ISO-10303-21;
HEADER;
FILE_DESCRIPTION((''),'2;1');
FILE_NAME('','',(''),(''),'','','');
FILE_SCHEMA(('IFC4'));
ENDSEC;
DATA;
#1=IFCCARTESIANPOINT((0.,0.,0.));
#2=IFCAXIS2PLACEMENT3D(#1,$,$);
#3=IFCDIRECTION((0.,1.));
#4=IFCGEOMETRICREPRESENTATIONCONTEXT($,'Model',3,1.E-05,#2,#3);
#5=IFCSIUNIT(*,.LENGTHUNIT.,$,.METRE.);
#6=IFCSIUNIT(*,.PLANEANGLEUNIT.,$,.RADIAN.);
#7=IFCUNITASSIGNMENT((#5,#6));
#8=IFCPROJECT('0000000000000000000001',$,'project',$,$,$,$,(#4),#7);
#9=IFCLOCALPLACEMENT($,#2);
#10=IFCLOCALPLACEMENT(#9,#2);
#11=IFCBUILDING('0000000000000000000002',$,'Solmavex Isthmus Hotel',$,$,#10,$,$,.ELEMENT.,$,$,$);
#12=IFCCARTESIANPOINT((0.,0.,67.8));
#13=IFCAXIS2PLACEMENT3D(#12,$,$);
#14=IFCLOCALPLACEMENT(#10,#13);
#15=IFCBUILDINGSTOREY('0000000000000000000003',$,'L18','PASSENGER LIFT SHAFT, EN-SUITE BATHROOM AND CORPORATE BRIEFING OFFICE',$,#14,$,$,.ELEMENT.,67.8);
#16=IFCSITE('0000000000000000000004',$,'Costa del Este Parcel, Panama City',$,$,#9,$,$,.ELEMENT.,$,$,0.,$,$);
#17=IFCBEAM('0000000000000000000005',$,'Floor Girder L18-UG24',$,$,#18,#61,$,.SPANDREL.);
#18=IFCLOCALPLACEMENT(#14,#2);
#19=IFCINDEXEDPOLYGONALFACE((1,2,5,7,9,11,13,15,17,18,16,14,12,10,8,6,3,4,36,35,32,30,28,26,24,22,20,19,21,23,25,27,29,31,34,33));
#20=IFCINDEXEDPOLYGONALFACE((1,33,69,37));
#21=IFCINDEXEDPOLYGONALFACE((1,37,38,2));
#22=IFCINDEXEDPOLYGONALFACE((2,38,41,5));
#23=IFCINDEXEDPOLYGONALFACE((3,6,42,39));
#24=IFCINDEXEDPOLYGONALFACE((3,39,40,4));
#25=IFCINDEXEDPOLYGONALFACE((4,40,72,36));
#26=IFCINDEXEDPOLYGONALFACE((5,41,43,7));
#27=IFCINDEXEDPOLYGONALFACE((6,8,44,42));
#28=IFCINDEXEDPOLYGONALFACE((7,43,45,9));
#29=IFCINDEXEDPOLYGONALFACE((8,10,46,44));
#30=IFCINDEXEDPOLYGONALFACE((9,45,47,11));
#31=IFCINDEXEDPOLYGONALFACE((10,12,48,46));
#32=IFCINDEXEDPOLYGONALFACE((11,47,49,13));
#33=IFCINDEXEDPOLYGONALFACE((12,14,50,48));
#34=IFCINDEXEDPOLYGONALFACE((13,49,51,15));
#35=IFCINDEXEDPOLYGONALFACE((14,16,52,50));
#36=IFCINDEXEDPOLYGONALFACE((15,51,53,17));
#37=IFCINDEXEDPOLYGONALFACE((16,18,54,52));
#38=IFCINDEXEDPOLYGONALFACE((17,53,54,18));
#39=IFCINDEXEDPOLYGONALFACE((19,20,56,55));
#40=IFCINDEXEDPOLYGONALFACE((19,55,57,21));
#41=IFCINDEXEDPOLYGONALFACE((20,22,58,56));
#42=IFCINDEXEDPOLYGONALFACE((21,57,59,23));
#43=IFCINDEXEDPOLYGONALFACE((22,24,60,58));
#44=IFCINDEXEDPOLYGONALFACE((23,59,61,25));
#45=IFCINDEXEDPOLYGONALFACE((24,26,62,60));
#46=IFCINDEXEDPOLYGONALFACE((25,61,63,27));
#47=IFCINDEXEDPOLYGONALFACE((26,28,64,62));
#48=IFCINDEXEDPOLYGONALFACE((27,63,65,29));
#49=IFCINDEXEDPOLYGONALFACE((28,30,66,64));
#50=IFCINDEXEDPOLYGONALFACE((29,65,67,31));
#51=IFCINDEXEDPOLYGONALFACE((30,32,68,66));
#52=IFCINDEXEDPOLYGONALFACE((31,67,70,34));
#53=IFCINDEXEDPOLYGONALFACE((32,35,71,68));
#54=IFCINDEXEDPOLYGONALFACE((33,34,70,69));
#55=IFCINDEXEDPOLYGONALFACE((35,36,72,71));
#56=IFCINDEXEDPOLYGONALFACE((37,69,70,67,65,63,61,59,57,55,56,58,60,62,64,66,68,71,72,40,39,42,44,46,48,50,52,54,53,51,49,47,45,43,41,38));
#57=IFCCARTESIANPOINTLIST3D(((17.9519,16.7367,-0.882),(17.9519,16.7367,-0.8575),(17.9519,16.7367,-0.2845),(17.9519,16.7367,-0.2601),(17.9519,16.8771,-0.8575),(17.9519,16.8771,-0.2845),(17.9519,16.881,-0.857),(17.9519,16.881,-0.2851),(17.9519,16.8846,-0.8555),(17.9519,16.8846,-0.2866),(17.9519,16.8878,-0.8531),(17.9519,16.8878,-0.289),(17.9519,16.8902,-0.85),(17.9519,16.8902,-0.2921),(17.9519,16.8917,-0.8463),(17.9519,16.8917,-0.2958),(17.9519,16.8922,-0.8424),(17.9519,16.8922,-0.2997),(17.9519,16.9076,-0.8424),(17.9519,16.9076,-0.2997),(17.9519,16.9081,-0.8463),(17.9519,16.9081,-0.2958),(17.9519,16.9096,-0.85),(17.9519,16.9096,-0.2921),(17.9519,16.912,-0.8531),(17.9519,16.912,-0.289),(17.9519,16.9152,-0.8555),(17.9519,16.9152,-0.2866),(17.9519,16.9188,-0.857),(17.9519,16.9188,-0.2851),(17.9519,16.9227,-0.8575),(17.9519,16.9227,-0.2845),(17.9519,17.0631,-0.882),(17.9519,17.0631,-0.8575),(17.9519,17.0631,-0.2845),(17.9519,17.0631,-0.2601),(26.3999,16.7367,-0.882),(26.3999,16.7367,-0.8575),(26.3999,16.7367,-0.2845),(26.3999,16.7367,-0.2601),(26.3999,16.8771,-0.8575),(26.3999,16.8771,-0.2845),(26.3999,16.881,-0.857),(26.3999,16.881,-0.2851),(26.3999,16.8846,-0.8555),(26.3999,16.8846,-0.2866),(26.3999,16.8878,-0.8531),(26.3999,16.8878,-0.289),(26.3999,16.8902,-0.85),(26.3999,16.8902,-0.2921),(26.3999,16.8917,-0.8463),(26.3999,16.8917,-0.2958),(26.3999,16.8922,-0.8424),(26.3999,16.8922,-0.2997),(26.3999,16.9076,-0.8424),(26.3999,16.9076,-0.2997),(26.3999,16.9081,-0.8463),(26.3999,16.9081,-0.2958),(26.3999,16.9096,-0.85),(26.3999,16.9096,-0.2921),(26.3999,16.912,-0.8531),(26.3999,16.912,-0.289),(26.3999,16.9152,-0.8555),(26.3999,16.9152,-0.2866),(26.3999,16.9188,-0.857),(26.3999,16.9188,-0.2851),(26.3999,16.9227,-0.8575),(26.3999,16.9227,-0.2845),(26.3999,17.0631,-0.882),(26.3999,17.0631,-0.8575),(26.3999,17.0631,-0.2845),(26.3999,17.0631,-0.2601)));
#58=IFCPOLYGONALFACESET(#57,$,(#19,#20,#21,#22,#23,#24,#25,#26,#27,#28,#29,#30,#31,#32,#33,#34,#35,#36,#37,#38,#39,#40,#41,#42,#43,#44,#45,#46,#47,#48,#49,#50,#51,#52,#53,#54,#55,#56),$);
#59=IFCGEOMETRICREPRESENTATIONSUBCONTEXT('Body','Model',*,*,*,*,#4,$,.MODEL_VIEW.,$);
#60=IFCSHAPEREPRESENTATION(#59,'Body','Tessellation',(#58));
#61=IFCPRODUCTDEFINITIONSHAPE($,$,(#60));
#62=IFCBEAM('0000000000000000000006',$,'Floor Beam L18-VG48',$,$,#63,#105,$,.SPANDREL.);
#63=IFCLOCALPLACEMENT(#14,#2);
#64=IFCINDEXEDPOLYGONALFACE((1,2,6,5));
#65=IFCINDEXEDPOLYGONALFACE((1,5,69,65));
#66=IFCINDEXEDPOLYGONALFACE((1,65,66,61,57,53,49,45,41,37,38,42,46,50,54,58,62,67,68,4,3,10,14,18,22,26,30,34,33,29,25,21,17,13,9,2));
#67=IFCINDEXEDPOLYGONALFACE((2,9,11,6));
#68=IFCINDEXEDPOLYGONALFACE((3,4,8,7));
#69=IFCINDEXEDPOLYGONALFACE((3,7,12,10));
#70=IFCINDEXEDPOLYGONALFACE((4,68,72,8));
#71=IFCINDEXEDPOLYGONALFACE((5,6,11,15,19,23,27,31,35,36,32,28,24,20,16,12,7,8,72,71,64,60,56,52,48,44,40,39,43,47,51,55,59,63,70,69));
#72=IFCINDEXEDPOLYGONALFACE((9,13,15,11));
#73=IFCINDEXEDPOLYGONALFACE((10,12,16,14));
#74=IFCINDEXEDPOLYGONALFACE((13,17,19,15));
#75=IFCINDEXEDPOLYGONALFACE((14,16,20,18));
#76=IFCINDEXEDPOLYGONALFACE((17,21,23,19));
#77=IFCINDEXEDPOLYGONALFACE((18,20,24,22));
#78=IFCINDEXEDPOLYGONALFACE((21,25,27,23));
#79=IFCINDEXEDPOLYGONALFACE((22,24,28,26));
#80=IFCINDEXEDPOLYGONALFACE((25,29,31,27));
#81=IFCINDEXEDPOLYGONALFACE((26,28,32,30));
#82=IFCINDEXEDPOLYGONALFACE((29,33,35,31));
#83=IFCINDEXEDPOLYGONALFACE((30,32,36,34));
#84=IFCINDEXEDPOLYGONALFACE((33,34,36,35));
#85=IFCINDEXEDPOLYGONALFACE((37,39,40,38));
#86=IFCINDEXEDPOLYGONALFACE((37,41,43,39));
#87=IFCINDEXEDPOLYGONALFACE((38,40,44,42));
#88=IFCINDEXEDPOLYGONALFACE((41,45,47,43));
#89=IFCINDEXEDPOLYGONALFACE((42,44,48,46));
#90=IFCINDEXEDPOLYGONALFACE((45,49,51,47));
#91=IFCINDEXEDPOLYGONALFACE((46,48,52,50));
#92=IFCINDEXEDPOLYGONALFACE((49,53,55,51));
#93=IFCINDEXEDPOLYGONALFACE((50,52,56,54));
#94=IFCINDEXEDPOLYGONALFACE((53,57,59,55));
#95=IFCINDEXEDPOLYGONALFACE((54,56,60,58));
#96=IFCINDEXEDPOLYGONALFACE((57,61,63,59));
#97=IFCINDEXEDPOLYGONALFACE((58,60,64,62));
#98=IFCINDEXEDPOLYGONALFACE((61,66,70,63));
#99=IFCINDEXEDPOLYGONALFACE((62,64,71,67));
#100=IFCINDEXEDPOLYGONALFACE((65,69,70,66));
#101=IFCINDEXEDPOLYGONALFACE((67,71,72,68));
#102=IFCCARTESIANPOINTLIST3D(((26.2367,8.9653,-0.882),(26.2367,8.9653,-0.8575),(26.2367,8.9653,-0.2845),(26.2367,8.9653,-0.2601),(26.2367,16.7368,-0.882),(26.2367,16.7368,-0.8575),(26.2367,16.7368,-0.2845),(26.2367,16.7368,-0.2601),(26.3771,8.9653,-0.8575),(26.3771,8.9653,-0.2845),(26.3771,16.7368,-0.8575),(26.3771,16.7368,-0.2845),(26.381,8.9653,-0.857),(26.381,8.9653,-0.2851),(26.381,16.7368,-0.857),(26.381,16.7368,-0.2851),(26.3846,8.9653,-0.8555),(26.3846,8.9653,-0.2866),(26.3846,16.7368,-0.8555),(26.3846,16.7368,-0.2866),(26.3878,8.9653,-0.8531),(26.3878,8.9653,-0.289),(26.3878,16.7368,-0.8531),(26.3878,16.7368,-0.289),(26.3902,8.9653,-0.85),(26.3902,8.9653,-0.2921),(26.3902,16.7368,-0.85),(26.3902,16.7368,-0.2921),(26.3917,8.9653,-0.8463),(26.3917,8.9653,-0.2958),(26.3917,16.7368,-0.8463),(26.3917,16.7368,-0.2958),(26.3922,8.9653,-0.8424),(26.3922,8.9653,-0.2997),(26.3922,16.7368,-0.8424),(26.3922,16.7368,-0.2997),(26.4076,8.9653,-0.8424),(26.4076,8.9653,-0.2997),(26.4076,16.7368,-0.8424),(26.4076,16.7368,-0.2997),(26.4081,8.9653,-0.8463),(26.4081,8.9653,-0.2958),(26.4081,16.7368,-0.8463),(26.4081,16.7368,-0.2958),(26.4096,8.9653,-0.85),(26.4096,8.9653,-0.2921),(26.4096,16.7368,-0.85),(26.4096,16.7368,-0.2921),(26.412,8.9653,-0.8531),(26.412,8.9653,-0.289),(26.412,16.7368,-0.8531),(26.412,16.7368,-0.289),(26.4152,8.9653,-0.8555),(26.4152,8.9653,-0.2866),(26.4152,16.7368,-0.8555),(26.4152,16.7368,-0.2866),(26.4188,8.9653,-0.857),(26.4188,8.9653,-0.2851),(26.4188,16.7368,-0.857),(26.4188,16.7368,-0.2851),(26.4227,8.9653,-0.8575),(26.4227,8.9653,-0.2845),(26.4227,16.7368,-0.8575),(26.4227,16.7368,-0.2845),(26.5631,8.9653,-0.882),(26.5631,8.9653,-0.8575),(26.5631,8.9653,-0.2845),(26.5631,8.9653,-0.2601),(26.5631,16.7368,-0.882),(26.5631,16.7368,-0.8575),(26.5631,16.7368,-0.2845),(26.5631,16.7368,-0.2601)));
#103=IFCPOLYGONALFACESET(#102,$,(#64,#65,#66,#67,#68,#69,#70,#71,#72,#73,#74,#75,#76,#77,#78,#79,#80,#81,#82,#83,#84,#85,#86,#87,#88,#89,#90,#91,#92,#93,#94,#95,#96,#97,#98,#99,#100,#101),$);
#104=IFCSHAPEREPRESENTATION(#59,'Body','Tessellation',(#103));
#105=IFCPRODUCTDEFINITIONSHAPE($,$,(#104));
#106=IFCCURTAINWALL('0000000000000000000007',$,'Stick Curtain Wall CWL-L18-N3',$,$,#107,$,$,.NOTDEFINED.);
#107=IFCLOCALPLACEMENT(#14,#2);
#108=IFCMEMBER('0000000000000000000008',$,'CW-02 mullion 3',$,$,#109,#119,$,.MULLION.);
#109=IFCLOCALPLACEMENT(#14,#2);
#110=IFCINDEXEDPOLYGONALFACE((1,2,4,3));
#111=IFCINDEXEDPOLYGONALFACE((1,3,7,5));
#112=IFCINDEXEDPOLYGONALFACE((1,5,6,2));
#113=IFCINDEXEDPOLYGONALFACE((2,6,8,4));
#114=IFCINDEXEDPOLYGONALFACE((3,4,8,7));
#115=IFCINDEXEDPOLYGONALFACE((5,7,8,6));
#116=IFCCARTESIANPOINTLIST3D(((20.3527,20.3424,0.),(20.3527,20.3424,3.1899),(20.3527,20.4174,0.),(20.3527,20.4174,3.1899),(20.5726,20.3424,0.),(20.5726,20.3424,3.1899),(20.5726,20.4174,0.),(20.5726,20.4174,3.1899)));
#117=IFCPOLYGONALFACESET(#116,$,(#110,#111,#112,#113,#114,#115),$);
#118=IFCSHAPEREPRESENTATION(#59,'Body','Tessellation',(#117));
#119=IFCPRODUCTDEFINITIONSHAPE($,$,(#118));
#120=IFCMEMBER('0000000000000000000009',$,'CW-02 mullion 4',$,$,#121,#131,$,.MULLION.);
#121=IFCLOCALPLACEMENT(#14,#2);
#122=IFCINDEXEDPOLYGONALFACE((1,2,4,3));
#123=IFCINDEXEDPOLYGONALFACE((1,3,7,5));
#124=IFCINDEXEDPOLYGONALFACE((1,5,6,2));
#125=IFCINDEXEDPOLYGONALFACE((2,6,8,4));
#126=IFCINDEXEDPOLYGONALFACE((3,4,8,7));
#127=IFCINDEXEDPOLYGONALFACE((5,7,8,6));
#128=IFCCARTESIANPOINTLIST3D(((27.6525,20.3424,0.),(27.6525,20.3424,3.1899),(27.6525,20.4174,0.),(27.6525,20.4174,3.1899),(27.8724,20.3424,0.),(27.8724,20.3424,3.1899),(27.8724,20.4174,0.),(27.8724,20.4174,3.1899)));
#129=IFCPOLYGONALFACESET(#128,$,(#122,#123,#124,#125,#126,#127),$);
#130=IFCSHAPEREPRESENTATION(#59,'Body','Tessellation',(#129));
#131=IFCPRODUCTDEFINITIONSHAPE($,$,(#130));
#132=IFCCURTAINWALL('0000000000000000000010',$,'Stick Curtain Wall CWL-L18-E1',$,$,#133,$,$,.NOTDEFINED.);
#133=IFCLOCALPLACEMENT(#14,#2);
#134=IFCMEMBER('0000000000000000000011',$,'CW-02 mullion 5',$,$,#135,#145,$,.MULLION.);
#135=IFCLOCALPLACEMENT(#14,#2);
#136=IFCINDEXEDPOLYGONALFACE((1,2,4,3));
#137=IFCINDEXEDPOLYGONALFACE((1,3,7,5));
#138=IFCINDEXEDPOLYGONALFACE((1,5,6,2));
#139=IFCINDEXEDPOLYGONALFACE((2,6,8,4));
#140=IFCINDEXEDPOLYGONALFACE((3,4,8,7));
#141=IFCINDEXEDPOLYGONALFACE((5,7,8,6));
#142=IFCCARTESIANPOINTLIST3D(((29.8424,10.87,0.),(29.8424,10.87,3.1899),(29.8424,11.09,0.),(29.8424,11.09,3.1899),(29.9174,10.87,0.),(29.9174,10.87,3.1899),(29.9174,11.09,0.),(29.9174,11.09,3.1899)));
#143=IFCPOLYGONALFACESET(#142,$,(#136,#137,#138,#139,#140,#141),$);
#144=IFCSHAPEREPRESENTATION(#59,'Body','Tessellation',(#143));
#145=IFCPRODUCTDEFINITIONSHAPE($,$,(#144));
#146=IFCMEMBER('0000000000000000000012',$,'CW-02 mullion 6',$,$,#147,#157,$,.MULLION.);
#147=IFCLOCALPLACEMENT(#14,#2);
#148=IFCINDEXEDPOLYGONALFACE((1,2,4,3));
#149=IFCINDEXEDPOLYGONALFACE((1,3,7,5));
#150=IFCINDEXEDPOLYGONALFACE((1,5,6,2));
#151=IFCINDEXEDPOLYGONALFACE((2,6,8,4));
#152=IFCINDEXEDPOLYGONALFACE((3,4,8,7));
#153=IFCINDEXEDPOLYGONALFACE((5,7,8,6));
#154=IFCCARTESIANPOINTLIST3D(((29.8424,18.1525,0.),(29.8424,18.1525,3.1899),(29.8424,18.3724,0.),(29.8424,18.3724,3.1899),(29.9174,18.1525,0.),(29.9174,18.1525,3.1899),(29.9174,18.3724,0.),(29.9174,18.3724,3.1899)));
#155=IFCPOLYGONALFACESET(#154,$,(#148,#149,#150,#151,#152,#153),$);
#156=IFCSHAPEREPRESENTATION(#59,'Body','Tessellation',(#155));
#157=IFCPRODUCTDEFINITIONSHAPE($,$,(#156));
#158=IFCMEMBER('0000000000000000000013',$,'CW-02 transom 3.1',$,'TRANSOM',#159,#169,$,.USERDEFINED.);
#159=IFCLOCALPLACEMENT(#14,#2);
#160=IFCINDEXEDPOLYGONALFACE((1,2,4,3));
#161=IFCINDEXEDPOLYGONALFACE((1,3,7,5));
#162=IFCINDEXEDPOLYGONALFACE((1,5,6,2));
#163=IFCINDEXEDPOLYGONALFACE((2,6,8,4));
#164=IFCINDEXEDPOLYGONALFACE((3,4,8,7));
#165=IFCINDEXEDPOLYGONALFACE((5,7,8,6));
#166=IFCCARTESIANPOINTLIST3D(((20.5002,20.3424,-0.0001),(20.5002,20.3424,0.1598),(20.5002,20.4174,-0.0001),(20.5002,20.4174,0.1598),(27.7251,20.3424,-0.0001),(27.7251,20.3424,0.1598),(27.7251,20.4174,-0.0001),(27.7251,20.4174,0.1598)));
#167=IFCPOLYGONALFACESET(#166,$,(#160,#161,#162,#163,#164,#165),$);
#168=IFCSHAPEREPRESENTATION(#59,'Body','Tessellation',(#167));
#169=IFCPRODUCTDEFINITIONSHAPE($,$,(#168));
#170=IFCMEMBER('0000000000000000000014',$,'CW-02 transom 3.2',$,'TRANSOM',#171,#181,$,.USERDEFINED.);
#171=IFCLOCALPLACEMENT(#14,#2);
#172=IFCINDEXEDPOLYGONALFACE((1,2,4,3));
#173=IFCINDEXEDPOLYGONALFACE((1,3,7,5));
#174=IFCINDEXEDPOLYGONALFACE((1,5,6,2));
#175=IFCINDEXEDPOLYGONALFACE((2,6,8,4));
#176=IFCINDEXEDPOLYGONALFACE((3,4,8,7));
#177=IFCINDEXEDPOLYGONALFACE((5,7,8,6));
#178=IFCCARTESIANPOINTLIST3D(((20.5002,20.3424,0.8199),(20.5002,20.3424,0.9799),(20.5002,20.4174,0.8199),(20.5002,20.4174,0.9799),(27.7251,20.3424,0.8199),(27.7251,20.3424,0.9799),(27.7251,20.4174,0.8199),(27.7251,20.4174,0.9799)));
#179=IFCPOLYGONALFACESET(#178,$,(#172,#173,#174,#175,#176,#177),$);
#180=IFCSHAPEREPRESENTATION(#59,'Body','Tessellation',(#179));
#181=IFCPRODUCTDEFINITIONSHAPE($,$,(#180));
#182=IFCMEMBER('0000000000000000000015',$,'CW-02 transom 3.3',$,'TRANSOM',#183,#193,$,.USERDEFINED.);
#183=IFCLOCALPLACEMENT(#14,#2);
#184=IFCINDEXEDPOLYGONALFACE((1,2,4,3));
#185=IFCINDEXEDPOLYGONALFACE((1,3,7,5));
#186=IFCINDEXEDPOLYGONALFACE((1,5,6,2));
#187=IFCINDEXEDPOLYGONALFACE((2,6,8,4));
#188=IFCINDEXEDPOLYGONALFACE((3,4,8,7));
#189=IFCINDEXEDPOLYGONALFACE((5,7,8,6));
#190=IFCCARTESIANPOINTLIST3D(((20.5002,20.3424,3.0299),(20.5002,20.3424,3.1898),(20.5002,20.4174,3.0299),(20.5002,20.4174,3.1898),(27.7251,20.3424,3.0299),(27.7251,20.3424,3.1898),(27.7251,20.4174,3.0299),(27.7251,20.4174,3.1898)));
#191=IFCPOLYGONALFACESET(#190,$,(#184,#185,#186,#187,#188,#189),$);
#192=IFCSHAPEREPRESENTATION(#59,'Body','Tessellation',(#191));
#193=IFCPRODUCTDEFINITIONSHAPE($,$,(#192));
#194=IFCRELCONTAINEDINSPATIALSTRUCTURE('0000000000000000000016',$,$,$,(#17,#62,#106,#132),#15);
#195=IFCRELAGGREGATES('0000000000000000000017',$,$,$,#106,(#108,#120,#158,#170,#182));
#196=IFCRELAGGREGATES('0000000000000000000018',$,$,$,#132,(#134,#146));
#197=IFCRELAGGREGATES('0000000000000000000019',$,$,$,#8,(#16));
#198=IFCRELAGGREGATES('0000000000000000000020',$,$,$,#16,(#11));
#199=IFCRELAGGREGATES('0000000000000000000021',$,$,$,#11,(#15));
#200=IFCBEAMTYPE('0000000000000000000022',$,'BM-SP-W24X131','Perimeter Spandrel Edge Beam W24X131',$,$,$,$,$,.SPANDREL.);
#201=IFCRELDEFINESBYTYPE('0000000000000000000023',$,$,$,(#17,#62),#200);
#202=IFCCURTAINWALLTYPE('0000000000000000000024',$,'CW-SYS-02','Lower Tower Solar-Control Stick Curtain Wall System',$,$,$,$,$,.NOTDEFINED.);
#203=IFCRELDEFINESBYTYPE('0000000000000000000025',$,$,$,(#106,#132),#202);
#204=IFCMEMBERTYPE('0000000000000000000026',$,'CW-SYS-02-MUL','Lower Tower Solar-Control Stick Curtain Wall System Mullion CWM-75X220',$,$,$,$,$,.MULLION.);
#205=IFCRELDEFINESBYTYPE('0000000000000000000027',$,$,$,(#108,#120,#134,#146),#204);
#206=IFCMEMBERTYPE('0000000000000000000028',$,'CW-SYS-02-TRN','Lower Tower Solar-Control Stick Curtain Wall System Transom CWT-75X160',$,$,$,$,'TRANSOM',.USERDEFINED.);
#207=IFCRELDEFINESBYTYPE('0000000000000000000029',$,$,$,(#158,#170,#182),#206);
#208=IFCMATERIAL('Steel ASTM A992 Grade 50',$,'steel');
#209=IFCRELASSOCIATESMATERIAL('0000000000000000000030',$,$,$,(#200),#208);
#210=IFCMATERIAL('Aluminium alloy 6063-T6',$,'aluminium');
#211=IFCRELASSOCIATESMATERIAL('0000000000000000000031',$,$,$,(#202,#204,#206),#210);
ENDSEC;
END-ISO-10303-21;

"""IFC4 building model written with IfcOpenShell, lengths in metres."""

from ifc_helpers import new_model, si_unit, direction, frame, origin, origin_2d, place, context, subcontext, project, spatial, rectangle, i_section, extrude, material, material_profile, profile_set, type_object, element, aggregate, save


model = new_model("IFC4")

# Units and contexts
model_context = context("Model", 3, precision=1e-05, world=origin(), true_north=direction((0.0, 1.0)))
body_context = subcontext(model_context, "Body", "Model", "MODEL_VIEW")
ifc_project = project(units=[si_unit("LENGTHUNIT", "METRE"), si_unit("PLANEANGLEUNIT", "RADIAN")], contexts=[model_context])

# Site, building, storey
site_placement = place(None, origin())
site = spatial("IfcSite", under=ifc_project, at=site_placement, Name="Costa del Este Parcel, Panama City", CompositionType="ELEMENT", RefElevation=0.0)
building_placement = place(site_placement, origin())
building = spatial("IfcBuilding", under=site, at=building_placement, Name="Solmavex Isthmus Hotel", CompositionType="ELEMENT")
storey_placement = place(building_placement, frame((0.0, 0.0, 67.8)))
storey = spatial("IfcBuildingStorey", under=building, at=storey_placement, Name="L18", Description="PASSENGER LIFT SHAFT, EN-SUITE BATHROOM AND CORPORATE BRIEFING OFFICE", CompositionType="ELEMENT", Elevation=67.8)

# Beams
ifc_material_1 = material(Name="Steel ASTM A992 Grade 50", Category="steel")
ifc_material_profile_1 = material_profile(ifc_material_1, i_section(OverallWidth=0.3264, OverallDepth=0.6218, WebThickness=0.0154, FlangeThickness=0.0244, FilletRadius=0.0151, at=origin_2d()), Name="W24X131")
ifc_profile_set_1 = profile_set([ifc_material_profile_1], Name="Steel ASTM A992 Grade 50")
beam_type_1 = type_object("IfcBeamType", Name="BM-SP-W24X131", Description="Perimeter Spandrel Edge Beam W24X131", PredefinedType="SPANDREL", material=ifc_profile_set_1)
beam_1_placement = place(storey_placement, frame((17.9519, 16.8999, -0.571), z_axis=(1.0, 0.0, 0.0), x_axis=(0.0, 1.0, 0.0)))
element("IfcBeam", 1, at=beam_1_placement, inside=storey, type_object=beam_type_1, Name="Floor Girder L18-UG24", PredefinedType="SPANDREL", context=body_context, shape_type="SweptSolid", body=[
    extrude(i_section(OverallWidth=0.3264, OverallDepth=0.6218, WebThickness=0.0154, FlangeThickness=0.0244, FilletRadius=0.0151, at=origin_2d()), origin(), (0.0, 0.0, 1.0), 8.448),
])
beam_2_placement = place(storey_placement, frame((26.3999, 8.9653, -0.571), z_axis=(0.0, 1.0, 0.0), x_axis=(-1.0, 0.0, 0.0)))
element("IfcBeam", 2, at=beam_2_placement, inside=storey, type_object=beam_type_1, Name="Floor Beam L18-VG48", PredefinedType="SPANDREL", context=body_context, shape_type="SweptSolid", body=[
    extrude(i_section(OverallWidth=0.3264, OverallDepth=0.6218, WebThickness=0.0154, FlangeThickness=0.0244, FilletRadius=0.0151, at=origin_2d()), origin(), (0.0, 0.0, 1.0), 7.7715),
])

# Curtain walls, members
ifc_material_2 = material(Name="Aluminium alloy 6063-T6", Category="aluminium")
curtain_wall_type = type_object("IfcCurtainWallType", Name="CW-SYS-02", Description="Lower Tower Solar-Control Stick Curtain Wall System", PredefinedType="NOTDEFINED", material=ifc_material_2)
curtain_wall_1_placement = place(storey_placement, origin())
curtain_wall_1 = element("IfcCurtainWall", 3, at=curtain_wall_1_placement, inside=storey, type_object=curtain_wall_type, Name="Stick Curtain Wall CWL-L18-N3", PredefinedType="NOTDEFINED")
ifc_material_profile_2 = material_profile(ifc_material_2, rectangle(XDim=0.075, YDim=0.22, at=origin_2d()), Name="CWM-75X220")
ifc_profile_set_2 = profile_set([ifc_material_profile_2], Name="Aluminium alloy 6063-T6")
member_type_1 = type_object("IfcMemberType", Name="CW-SYS-02-MUL", Description="Lower Tower Solar-Control Stick Curtain Wall System Mullion CWM-75X220", PredefinedType="MULLION", material=ifc_profile_set_2)
member_1_placement = place(storey_placement, frame((20.4626, 20.3799, 0.0), z_axis=(0.0, 0.0, 1.0), x_axis=(0.0, 1.0, 0.0)))
member_1 = element("IfcMember", 4, at=member_1_placement, type_object=member_type_1, Name="CW-02 mullion 3", PredefinedType="MULLION", context=body_context, shape_type="SweptSolid", body=[
    extrude(rectangle(XDim=0.075, YDim=0.22, at=origin_2d()), origin(), (0.0, 0.0, 1.0), 3.1899),
])
member_2_placement = place(storey_placement, frame((27.7625, 20.3799, 0.0), z_axis=(0.0, 0.0, 1.0), x_axis=(0.0, 1.0, 0.0)))
member_2 = element("IfcMember", 5, at=member_2_placement, type_object=member_type_1, Name="CW-02 mullion 4", PredefinedType="MULLION", context=body_context, shape_type="SweptSolid", body=[
    extrude(rectangle(XDim=0.075, YDim=0.22, at=origin_2d()), origin(), (0.0, 0.0, 1.0), 3.1899),
])
curtain_wall_2_placement = place(storey_placement, origin())
curtain_wall_2 = element("IfcCurtainWall", 6, at=curtain_wall_2_placement, inside=storey, type_object=curtain_wall_type, Name="Stick Curtain Wall CWL-L18-E1", PredefinedType="NOTDEFINED")
member_3_placement = place(storey_placement, frame((29.8799, 10.98, 0.0), z_axis=(0.0, 0.0, 1.0), x_axis=(-1.0, 0.0, 0.0)))
member_3 = element("IfcMember", 7, at=member_3_placement, type_object=member_type_1, Name="CW-02 mullion 5", PredefinedType="MULLION", context=body_context, shape_type="SweptSolid", body=[
    extrude(rectangle(XDim=0.075, YDim=0.22, at=origin_2d()), origin(), (0.0, 0.0, 1.0), 3.1899),
])
member_4_placement = place(storey_placement, frame((29.8799, 18.2625, 0.0), z_axis=(0.0, 0.0, 1.0), x_axis=(-1.0, 0.0, 0.0)))
member_4 = element("IfcMember", 8, at=member_4_placement, type_object=member_type_1, Name="CW-02 mullion 6", PredefinedType="MULLION", context=body_context, shape_type="SweptSolid", body=[
    extrude(rectangle(XDim=0.075, YDim=0.22, at=origin_2d()), origin(), (0.0, 0.0, 1.0), 3.1899),
])

# Members
ifc_material_profile_3 = material_profile(ifc_material_2, rectangle(XDim=0.075, YDim=0.1599, at=origin_2d()), Name="CWT-75X160")
ifc_profile_set_3 = profile_set([ifc_material_profile_3], Name="Aluminium alloy 6063-T6")
member_type_2 = type_object("IfcMemberType", Name="CW-SYS-02-TRN", Description="Lower Tower Solar-Control Stick Curtain Wall System Transom CWT-75X160", ElementType="TRANSOM", PredefinedType="USERDEFINED", material=ifc_profile_set_3)
member_5_placement = place(storey_placement, frame((20.5002, 20.3799, 0.0798), z_axis=(1.0, 0.0, 0.0), x_axis=(0.0, 1.0, 0.0)))
member_5 = element("IfcMember", 9, at=member_5_placement, type_object=member_type_2, Name="CW-02 transom 3.1", ObjectType="TRANSOM", PredefinedType="USERDEFINED", context=body_context, shape_type="SweptSolid", body=[
    extrude(rectangle(XDim=0.075, YDim=0.1599, at=origin_2d()), origin(), (0.0, 0.0, 1.0), 7.2249),
])
member_6_placement = place(storey_placement, frame((20.5002, 20.3799, 0.8999), z_axis=(1.0, 0.0, 0.0), x_axis=(0.0, 1.0, 0.0)))
member_6 = element("IfcMember", 10, at=member_6_placement, type_object=member_type_2, Name="CW-02 transom 3.2", ObjectType="TRANSOM", PredefinedType="USERDEFINED", context=body_context, shape_type="SweptSolid", body=[
    extrude(rectangle(XDim=0.075, YDim=0.1599, at=origin_2d()), origin(), (0.0, 0.0, 1.0), 7.2249),
])
member_7_placement = place(storey_placement, frame((20.5002, 20.3799, 3.1099), z_axis=(1.0, 0.0, 0.0), x_axis=(0.0, 1.0, 0.0)))
member_7 = element("IfcMember", 11, at=member_7_placement, type_object=member_type_2, Name="CW-02 transom 3.3", ObjectType="TRANSOM", PredefinedType="USERDEFINED", context=body_context, shape_type="SweptSolid", body=[
    extrude(rectangle(XDim=0.075, YDim=0.1599, at=origin_2d()), origin(), (0.0, 0.0, 1.0), 7.2249),
])

aggregate(curtain_wall_1, [member_1, member_2, member_5, member_6, member_7])
aggregate(curtain_wall_2, [member_3, member_4])

save(model, "model.ifc")
